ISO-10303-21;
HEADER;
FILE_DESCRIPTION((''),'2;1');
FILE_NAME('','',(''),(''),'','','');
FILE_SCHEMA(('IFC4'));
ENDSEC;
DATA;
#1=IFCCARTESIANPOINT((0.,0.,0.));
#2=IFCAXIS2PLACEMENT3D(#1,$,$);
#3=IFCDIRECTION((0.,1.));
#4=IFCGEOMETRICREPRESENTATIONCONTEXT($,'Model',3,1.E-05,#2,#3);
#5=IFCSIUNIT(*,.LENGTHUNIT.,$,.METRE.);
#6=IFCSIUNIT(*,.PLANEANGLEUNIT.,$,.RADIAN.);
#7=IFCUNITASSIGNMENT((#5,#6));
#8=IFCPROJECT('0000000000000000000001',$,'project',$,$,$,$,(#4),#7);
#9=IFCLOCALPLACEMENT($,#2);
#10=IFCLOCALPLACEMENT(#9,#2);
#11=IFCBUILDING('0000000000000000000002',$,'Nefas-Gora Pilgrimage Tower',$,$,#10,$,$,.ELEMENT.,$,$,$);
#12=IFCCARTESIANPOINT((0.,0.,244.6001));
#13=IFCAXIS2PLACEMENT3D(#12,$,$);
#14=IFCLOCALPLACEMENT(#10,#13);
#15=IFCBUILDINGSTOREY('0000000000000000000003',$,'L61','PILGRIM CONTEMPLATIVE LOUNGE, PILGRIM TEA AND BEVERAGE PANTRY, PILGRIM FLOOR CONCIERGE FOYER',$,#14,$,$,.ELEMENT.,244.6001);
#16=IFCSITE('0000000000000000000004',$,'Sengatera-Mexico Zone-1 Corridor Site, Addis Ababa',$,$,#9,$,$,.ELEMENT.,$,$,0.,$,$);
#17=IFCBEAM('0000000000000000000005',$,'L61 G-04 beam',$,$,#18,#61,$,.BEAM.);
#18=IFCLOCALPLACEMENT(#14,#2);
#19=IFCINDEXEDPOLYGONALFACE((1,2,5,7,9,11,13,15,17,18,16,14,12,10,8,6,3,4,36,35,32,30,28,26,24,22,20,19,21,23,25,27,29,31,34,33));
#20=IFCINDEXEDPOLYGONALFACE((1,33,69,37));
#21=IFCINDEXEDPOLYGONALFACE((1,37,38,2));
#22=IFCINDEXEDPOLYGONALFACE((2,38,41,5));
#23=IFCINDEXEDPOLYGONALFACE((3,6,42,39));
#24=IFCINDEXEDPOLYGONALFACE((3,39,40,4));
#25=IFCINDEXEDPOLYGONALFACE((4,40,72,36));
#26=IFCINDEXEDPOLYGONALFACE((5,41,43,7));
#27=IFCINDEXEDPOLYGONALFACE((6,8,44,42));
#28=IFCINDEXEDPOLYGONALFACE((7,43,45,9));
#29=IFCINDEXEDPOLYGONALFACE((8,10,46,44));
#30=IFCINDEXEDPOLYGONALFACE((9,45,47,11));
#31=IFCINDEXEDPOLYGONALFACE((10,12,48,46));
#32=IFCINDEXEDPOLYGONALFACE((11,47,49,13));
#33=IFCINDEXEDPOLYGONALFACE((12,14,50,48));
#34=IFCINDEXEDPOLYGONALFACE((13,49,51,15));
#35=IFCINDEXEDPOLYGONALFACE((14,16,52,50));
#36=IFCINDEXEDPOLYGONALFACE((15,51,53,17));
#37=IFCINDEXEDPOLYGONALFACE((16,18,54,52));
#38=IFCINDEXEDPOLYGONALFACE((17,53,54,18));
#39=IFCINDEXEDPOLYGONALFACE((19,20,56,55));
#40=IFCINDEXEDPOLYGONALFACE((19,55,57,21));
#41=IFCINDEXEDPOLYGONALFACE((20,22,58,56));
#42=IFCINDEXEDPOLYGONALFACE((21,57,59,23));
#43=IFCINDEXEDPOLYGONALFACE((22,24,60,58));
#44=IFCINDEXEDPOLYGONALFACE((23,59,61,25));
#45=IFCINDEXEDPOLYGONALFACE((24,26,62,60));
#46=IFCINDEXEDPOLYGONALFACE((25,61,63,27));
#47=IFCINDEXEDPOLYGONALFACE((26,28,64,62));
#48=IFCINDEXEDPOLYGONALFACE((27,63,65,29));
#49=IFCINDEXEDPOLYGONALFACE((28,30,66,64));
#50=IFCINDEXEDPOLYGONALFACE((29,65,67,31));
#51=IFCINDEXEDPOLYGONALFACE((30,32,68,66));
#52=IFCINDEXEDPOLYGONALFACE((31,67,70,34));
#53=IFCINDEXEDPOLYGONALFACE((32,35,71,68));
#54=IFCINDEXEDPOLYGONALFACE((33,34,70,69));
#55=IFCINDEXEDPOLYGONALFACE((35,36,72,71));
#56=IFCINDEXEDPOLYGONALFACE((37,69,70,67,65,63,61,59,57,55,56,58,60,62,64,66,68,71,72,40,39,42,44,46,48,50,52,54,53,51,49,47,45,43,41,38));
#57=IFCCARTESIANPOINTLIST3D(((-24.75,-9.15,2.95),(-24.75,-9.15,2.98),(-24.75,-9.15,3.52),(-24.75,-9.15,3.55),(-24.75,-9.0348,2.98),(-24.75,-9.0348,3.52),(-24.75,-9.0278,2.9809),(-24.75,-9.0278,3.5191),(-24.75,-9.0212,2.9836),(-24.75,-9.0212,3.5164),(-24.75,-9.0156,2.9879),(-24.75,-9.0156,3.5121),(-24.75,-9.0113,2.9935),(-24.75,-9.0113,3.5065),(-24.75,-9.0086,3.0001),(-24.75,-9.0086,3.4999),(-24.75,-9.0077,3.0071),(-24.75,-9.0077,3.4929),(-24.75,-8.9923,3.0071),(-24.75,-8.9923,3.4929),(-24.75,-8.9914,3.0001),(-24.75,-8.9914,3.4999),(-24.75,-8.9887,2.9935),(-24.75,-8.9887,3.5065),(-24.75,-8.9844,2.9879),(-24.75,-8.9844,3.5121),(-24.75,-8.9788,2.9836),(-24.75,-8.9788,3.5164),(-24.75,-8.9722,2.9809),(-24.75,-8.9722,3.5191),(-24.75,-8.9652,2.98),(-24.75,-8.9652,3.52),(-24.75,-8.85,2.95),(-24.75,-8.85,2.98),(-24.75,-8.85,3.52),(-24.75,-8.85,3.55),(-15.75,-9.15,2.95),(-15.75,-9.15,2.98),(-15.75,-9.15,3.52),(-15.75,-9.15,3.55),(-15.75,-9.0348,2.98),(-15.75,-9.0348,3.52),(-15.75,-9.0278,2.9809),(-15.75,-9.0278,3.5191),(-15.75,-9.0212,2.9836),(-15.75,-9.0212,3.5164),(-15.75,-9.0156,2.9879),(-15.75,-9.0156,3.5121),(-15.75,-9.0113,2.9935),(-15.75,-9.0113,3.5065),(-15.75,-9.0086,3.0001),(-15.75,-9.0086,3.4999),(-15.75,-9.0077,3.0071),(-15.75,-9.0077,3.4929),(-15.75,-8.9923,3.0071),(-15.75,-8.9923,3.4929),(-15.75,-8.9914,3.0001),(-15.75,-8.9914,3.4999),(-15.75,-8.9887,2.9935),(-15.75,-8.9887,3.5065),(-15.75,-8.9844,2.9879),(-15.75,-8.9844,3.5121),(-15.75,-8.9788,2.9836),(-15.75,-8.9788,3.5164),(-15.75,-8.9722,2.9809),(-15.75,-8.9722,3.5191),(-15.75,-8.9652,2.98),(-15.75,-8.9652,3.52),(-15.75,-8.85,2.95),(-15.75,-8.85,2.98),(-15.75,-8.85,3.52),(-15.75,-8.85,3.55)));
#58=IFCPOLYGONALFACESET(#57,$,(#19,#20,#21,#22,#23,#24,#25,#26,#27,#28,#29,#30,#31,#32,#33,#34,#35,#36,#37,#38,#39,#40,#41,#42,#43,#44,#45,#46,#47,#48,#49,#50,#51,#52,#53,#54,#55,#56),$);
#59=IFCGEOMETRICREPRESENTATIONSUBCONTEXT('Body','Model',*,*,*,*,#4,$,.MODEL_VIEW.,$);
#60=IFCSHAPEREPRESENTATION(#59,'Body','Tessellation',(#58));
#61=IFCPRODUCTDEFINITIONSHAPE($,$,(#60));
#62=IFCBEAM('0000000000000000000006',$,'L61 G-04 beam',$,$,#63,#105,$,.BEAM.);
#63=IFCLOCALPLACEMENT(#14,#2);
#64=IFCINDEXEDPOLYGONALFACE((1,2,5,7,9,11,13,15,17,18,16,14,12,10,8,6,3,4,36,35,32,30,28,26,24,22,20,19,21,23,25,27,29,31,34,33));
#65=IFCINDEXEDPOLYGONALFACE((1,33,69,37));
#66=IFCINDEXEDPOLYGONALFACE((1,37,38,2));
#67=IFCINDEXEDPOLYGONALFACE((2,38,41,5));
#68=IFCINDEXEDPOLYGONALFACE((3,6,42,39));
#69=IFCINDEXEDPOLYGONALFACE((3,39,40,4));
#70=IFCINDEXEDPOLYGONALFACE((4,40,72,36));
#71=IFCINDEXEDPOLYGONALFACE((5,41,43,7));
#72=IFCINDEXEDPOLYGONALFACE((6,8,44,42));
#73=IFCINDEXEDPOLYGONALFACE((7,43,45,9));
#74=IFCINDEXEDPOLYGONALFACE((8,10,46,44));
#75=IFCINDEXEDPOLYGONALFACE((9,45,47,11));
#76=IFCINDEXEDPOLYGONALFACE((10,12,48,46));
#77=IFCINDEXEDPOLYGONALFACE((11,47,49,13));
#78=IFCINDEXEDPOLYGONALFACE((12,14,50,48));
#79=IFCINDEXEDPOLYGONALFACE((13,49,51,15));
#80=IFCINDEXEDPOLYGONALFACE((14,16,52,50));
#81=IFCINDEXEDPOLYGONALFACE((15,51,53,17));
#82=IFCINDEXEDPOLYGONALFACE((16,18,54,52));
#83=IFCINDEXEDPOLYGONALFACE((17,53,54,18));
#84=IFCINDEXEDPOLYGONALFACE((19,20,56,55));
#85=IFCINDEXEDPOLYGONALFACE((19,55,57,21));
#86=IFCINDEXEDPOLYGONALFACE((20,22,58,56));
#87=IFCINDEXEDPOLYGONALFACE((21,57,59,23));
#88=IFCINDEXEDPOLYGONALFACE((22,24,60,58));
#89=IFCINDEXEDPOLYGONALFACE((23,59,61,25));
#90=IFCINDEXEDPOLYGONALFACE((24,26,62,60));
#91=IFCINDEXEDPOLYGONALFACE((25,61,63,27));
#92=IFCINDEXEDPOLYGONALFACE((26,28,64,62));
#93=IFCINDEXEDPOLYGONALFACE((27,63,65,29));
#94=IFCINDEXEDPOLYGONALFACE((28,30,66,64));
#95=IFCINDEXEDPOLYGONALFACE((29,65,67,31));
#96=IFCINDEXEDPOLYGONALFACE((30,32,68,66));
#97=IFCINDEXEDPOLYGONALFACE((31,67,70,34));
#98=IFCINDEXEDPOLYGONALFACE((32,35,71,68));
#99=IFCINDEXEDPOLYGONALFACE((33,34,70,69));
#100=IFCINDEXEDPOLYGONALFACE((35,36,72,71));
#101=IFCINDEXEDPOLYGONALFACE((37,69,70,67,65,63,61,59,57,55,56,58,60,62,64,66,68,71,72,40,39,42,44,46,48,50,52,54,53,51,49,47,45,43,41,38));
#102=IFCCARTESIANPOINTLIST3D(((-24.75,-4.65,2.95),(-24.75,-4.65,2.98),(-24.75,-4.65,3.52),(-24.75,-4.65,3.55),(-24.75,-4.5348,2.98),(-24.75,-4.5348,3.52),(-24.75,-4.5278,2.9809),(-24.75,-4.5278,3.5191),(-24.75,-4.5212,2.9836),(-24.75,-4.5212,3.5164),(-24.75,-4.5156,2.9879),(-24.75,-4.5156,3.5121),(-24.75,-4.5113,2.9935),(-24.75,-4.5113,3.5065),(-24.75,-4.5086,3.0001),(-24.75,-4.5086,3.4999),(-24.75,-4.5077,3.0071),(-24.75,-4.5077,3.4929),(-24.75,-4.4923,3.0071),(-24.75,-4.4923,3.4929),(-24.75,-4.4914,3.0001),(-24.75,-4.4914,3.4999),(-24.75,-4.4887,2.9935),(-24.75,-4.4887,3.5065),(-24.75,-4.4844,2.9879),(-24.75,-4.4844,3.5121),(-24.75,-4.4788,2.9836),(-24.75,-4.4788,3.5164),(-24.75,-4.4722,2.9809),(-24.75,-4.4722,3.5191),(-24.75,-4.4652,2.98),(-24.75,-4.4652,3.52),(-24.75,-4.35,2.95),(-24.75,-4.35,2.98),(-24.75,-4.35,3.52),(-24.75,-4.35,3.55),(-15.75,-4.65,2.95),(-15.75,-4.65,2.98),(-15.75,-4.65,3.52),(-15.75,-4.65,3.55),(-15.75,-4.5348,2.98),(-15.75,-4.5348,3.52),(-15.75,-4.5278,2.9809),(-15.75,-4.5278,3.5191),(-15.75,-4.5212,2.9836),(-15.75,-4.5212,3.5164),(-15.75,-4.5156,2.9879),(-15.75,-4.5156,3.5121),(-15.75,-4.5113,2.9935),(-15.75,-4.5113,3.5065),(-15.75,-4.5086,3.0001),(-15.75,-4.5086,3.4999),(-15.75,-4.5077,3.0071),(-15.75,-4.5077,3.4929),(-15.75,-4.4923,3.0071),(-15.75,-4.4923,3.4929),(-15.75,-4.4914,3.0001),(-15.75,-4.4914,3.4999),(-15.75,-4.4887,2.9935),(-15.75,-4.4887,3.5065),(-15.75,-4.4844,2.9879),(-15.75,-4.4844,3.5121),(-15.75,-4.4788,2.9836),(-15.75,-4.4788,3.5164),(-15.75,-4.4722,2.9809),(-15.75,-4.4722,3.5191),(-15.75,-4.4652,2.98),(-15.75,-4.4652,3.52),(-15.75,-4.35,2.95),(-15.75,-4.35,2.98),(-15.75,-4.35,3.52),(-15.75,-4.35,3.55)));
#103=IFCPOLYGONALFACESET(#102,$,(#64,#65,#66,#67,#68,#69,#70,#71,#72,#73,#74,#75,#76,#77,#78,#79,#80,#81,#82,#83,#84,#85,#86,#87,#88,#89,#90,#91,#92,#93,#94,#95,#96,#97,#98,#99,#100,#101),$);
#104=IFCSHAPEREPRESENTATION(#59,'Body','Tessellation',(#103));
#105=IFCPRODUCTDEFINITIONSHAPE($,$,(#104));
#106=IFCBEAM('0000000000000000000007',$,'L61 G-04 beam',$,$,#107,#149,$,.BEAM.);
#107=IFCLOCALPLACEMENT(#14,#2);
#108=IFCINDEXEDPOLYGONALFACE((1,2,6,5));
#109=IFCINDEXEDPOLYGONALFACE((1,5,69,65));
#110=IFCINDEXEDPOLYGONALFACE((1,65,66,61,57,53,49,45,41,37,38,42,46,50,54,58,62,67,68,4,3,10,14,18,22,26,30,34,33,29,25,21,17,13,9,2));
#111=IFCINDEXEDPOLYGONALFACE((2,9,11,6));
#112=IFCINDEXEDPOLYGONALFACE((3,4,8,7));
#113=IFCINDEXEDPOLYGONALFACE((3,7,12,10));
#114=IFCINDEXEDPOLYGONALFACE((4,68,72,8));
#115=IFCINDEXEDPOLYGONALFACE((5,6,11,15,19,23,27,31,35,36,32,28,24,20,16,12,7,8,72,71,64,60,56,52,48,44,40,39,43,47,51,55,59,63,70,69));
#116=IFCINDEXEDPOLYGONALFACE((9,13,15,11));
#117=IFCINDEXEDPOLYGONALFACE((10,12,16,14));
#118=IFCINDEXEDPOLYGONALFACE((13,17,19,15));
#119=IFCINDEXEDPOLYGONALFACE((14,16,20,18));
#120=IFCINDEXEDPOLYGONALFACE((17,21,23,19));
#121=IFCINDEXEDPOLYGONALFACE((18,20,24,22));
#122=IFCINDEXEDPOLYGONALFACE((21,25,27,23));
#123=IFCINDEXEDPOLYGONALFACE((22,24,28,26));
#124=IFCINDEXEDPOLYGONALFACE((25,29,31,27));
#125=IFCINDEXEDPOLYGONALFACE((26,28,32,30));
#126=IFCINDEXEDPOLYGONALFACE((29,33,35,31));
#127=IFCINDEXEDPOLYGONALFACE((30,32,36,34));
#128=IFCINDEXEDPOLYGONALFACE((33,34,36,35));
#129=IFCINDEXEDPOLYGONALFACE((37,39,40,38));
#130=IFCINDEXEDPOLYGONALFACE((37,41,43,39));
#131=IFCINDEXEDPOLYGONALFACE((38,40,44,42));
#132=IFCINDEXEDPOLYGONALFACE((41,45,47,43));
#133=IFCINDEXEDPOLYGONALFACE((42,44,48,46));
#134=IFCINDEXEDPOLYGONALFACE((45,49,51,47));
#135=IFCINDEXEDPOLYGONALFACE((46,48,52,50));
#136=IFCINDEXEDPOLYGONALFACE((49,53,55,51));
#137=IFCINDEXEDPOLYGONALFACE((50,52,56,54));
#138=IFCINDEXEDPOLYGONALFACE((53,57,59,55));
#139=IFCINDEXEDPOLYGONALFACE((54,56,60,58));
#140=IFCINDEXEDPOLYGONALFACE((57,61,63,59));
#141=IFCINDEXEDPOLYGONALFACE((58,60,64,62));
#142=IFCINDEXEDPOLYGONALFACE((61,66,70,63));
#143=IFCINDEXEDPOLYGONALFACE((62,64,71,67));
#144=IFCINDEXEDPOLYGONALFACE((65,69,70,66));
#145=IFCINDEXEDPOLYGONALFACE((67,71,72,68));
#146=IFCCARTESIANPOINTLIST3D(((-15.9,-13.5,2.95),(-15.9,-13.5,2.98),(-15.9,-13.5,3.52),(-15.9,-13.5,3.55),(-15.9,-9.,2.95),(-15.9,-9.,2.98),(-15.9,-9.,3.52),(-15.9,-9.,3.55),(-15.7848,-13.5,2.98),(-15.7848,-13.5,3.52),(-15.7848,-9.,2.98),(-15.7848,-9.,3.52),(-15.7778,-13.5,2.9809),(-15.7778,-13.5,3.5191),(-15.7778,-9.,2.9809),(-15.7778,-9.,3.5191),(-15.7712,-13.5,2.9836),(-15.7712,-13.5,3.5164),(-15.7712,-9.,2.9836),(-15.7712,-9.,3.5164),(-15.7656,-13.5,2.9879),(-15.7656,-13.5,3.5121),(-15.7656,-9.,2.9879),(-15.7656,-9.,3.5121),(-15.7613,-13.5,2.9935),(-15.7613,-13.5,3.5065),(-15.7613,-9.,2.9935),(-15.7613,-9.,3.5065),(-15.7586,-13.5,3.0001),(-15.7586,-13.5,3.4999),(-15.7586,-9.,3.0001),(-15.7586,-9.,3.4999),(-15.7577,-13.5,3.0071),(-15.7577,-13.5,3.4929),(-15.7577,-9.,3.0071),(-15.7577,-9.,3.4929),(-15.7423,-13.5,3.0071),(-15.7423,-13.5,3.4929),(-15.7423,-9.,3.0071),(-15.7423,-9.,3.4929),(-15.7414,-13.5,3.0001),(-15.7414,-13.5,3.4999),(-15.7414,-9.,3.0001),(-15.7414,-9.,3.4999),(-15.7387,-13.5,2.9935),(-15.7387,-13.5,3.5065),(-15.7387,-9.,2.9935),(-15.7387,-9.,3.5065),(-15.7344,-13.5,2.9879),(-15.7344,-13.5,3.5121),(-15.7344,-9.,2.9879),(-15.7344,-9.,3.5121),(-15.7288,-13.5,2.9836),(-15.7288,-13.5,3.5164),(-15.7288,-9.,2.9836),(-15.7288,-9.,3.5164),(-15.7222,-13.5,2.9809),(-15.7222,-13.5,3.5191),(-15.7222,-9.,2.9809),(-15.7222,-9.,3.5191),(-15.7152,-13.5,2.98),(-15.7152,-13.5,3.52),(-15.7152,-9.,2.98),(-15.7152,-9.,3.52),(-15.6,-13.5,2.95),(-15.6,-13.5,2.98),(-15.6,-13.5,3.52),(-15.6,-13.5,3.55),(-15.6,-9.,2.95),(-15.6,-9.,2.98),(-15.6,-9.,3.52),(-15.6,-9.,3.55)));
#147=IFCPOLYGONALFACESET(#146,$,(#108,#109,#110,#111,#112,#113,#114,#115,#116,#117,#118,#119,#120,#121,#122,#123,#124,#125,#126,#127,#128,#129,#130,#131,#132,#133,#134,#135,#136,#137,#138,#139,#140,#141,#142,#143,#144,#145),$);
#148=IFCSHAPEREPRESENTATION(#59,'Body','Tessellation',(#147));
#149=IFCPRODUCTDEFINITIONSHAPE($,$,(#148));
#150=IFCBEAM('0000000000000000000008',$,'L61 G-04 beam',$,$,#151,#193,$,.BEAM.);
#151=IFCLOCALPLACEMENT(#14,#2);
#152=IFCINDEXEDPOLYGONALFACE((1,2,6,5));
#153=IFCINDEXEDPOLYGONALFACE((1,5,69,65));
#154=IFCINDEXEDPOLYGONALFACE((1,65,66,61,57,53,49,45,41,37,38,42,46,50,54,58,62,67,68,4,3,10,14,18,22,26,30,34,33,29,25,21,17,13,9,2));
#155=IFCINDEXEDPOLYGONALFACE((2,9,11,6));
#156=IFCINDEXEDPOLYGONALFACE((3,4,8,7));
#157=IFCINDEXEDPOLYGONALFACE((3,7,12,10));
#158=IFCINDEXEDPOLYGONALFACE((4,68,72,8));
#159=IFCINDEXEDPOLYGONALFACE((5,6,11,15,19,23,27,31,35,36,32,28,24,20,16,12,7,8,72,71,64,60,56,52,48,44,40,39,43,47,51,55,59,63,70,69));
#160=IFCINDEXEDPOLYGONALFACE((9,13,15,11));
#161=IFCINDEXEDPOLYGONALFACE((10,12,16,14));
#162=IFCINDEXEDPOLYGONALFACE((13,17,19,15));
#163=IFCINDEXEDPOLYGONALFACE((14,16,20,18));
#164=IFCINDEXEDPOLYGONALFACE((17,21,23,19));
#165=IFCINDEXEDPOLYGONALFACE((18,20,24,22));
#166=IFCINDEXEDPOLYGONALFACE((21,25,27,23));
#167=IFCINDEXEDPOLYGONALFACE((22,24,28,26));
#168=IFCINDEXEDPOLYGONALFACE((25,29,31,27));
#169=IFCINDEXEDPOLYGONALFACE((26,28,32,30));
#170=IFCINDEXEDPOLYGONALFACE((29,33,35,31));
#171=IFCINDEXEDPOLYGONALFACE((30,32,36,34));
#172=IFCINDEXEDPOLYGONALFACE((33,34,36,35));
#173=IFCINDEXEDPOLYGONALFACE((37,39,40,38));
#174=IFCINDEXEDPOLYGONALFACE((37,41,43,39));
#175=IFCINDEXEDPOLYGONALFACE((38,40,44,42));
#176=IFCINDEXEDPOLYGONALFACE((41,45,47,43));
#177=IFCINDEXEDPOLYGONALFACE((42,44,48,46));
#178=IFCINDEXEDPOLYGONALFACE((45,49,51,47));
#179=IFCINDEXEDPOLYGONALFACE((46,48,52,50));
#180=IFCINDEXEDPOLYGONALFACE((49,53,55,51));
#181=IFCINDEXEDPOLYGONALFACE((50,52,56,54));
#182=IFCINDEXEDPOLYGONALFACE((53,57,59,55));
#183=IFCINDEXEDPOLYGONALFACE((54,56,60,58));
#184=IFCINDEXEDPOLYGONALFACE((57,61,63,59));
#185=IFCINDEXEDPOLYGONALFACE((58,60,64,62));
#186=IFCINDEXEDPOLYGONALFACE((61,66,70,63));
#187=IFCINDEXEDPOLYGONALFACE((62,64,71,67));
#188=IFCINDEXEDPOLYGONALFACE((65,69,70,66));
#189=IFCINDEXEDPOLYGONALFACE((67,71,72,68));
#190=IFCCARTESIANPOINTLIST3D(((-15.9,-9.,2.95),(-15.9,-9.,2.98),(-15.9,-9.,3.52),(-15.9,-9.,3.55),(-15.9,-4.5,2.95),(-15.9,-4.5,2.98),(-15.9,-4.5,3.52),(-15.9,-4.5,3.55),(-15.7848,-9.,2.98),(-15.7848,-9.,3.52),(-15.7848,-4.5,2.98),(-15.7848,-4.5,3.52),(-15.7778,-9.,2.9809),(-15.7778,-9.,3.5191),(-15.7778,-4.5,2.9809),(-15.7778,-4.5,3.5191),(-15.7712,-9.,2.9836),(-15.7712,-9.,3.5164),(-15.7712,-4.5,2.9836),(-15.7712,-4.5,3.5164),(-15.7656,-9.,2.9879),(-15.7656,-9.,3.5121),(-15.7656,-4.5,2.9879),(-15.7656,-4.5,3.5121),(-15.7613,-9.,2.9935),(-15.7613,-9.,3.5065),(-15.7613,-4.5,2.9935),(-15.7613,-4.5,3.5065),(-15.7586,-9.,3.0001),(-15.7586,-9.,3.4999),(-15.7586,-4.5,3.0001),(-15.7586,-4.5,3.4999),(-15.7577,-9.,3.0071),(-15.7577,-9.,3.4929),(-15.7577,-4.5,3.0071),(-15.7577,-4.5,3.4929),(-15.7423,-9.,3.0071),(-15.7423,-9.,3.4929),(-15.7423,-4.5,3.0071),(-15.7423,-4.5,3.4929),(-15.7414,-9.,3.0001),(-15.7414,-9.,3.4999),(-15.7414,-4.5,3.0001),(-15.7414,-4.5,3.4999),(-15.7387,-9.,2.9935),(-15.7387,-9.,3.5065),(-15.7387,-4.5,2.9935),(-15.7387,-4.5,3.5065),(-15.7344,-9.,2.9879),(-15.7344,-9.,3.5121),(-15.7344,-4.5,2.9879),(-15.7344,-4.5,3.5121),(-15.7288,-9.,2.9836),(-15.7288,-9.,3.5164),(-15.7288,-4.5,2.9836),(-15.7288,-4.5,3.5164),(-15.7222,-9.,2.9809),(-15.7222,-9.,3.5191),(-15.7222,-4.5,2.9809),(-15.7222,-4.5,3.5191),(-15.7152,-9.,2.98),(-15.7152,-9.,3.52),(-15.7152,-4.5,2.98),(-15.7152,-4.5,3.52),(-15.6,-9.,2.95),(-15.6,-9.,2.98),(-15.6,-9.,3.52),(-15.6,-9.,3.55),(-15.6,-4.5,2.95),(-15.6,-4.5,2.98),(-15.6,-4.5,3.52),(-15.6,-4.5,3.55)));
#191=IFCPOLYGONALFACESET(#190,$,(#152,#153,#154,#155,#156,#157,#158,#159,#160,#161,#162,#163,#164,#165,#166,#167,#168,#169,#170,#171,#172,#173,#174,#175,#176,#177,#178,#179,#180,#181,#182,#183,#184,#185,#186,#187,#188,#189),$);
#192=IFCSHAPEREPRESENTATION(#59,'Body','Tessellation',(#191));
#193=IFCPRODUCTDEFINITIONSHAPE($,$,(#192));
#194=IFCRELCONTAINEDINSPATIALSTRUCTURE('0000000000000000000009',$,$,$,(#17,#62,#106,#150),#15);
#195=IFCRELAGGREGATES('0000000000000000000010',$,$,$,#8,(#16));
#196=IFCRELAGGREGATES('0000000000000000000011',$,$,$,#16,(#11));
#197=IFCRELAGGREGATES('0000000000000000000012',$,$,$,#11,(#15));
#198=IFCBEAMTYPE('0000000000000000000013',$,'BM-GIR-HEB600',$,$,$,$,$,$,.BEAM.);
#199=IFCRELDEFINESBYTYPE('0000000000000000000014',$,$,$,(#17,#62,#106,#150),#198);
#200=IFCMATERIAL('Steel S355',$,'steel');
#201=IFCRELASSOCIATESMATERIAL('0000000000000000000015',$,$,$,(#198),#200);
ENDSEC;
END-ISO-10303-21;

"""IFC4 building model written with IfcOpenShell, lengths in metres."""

from ifc_helpers import new_model, si_unit, direction, frame, origin, origin_2d, place, context, subcontext, project, spatial, i_section, extrude, source, transform, mapped, material, material_profile, profile_set, type_object, element, save


model = new_model("IFC4")

# Units and contexts
model_context = context("Model", 3, precision=1e-05, world=origin(), true_north=direction((0.0, 1.0)))
body_context = subcontext(model_context, "Body", "Model", "MODEL_VIEW")
ifc_project = project(units=[si_unit("LENGTHUNIT", "METRE"), si_unit("PLANEANGLEUNIT", "RADIAN")], contexts=[model_context])

# Site, building, storey
site_placement = place(None, origin())
site = spatial("IfcSite", under=ifc_project, at=site_placement, Name="Sengatera-Mexico Zone-1 Corridor Site, Addis Ababa", CompositionType="ELEMENT", RefElevation=0.0)
building_placement = place(site_placement, origin())
building = spatial("IfcBuilding", under=site, at=building_placement, Name="Nefas-Gora Pilgrimage Tower", CompositionType="ELEMENT")
storey_placement = place(building_placement, frame((0.0, 0.0, 244.6001)))
storey = spatial("IfcBuildingStorey", under=building, at=storey_placement, Name="L61", Description="PILGRIM CONTEMPLATIVE LOUNGE, PILGRIM TEA AND BEVERAGE PANTRY, PILGRIM FLOOR CONCIERGE FOYER", CompositionType="ELEMENT", Elevation=244.6001)

# Beams
ifc_material_1 = material(Name="Steel S355", Category="steel")
ifc_material_profile_1 = material_profile(ifc_material_1, i_section(OverallWidth=0.3, OverallDepth=0.6001, WebThickness=0.0154, FlangeThickness=0.03, FilletRadius=0.0271, at=origin_2d()), Name="HEB 600")
ifc_profile_set_1 = profile_set([ifc_material_profile_1], Name="Steel S355")
beam_type_1 = type_object("IfcBeamType", Name="BM-GIR-HEB600", PredefinedType="BEAM", material=ifc_profile_set_1)
shared_shape_1 = source(origin(), body_context, "Body", "SweptSolid", [
    extrude(i_section(OverallWidth=0.3, OverallDepth=0.6001, WebThickness=0.0154, FlangeThickness=0.03, FilletRadius=0.0271, at=origin_2d()), origin(), (0.0, 0.0, 1.0), 9.0),
])
for number, where, z_axis, x_axis, name in (
    (1, (-24.75, -9.0, 3.25), (1.0, 0.0, 0.0), (0.0, 1.0, 0.0), "L61 G-04 beam"),
    (2, (-24.75, -4.5, 3.25), (1.0, 0.0, 0.0), (0.0, 1.0, 0.0), "L61 G-04 beam"),
):
    element("IfcBeam", number, at=place(storey_placement, frame(where, z_axis=z_axis, x_axis=x_axis)), inside=storey, type_object=beam_type_1, Name=name, PredefinedType="BEAM", context=body_context, shape_type="MappedRepresentation", body=[
        mapped(shared_shape_1, transform((0.0, 0.0, 0.0), x_axis=(1.0, 0.0, 0.0), y_axis=(0.0, 1.0, 0.0), z_axis=(0.0, 0.0, 1.0), scale=1.0)),
    ])
shared_shape_2 = source(origin(), body_context, "Body", "SweptSolid", [
    extrude(i_section(OverallWidth=0.3, OverallDepth=0.6001, WebThickness=0.0154, FlangeThickness=0.03, FilletRadius=0.0271, at=origin_2d()), origin(), (0.0, 0.0, 1.0), 4.5),
])
for number, where, z_axis, x_axis, name in (
    (3, (-15.75, -13.5, 3.25), (0.0, 1.0, 0.0), (-1.0, 0.0, 0.0), "L61 G-04 beam"),
    (4, (-15.75, -9.0, 3.25), (0.0, 1.0, 0.0), (-1.0, 0.0, 0.0), "L61 G-04 beam"),
):
    element("IfcBeam", number, at=place(storey_placement, frame(where, z_axis=z_axis, x_axis=x_axis)), inside=storey, type_object=beam_type_1, Name=name, PredefinedType="BEAM", context=body_context, shape_type="MappedRepresentation", body=[
        mapped(shared_shape_2, transform((0.0, 0.0, 0.0), x_axis=(1.0, 0.0, 0.0), y_axis=(0.0, 1.0, 0.0), z_axis=(0.0, 0.0, 1.0), scale=1.0)),
    ])

save(model, "model.ifc")
